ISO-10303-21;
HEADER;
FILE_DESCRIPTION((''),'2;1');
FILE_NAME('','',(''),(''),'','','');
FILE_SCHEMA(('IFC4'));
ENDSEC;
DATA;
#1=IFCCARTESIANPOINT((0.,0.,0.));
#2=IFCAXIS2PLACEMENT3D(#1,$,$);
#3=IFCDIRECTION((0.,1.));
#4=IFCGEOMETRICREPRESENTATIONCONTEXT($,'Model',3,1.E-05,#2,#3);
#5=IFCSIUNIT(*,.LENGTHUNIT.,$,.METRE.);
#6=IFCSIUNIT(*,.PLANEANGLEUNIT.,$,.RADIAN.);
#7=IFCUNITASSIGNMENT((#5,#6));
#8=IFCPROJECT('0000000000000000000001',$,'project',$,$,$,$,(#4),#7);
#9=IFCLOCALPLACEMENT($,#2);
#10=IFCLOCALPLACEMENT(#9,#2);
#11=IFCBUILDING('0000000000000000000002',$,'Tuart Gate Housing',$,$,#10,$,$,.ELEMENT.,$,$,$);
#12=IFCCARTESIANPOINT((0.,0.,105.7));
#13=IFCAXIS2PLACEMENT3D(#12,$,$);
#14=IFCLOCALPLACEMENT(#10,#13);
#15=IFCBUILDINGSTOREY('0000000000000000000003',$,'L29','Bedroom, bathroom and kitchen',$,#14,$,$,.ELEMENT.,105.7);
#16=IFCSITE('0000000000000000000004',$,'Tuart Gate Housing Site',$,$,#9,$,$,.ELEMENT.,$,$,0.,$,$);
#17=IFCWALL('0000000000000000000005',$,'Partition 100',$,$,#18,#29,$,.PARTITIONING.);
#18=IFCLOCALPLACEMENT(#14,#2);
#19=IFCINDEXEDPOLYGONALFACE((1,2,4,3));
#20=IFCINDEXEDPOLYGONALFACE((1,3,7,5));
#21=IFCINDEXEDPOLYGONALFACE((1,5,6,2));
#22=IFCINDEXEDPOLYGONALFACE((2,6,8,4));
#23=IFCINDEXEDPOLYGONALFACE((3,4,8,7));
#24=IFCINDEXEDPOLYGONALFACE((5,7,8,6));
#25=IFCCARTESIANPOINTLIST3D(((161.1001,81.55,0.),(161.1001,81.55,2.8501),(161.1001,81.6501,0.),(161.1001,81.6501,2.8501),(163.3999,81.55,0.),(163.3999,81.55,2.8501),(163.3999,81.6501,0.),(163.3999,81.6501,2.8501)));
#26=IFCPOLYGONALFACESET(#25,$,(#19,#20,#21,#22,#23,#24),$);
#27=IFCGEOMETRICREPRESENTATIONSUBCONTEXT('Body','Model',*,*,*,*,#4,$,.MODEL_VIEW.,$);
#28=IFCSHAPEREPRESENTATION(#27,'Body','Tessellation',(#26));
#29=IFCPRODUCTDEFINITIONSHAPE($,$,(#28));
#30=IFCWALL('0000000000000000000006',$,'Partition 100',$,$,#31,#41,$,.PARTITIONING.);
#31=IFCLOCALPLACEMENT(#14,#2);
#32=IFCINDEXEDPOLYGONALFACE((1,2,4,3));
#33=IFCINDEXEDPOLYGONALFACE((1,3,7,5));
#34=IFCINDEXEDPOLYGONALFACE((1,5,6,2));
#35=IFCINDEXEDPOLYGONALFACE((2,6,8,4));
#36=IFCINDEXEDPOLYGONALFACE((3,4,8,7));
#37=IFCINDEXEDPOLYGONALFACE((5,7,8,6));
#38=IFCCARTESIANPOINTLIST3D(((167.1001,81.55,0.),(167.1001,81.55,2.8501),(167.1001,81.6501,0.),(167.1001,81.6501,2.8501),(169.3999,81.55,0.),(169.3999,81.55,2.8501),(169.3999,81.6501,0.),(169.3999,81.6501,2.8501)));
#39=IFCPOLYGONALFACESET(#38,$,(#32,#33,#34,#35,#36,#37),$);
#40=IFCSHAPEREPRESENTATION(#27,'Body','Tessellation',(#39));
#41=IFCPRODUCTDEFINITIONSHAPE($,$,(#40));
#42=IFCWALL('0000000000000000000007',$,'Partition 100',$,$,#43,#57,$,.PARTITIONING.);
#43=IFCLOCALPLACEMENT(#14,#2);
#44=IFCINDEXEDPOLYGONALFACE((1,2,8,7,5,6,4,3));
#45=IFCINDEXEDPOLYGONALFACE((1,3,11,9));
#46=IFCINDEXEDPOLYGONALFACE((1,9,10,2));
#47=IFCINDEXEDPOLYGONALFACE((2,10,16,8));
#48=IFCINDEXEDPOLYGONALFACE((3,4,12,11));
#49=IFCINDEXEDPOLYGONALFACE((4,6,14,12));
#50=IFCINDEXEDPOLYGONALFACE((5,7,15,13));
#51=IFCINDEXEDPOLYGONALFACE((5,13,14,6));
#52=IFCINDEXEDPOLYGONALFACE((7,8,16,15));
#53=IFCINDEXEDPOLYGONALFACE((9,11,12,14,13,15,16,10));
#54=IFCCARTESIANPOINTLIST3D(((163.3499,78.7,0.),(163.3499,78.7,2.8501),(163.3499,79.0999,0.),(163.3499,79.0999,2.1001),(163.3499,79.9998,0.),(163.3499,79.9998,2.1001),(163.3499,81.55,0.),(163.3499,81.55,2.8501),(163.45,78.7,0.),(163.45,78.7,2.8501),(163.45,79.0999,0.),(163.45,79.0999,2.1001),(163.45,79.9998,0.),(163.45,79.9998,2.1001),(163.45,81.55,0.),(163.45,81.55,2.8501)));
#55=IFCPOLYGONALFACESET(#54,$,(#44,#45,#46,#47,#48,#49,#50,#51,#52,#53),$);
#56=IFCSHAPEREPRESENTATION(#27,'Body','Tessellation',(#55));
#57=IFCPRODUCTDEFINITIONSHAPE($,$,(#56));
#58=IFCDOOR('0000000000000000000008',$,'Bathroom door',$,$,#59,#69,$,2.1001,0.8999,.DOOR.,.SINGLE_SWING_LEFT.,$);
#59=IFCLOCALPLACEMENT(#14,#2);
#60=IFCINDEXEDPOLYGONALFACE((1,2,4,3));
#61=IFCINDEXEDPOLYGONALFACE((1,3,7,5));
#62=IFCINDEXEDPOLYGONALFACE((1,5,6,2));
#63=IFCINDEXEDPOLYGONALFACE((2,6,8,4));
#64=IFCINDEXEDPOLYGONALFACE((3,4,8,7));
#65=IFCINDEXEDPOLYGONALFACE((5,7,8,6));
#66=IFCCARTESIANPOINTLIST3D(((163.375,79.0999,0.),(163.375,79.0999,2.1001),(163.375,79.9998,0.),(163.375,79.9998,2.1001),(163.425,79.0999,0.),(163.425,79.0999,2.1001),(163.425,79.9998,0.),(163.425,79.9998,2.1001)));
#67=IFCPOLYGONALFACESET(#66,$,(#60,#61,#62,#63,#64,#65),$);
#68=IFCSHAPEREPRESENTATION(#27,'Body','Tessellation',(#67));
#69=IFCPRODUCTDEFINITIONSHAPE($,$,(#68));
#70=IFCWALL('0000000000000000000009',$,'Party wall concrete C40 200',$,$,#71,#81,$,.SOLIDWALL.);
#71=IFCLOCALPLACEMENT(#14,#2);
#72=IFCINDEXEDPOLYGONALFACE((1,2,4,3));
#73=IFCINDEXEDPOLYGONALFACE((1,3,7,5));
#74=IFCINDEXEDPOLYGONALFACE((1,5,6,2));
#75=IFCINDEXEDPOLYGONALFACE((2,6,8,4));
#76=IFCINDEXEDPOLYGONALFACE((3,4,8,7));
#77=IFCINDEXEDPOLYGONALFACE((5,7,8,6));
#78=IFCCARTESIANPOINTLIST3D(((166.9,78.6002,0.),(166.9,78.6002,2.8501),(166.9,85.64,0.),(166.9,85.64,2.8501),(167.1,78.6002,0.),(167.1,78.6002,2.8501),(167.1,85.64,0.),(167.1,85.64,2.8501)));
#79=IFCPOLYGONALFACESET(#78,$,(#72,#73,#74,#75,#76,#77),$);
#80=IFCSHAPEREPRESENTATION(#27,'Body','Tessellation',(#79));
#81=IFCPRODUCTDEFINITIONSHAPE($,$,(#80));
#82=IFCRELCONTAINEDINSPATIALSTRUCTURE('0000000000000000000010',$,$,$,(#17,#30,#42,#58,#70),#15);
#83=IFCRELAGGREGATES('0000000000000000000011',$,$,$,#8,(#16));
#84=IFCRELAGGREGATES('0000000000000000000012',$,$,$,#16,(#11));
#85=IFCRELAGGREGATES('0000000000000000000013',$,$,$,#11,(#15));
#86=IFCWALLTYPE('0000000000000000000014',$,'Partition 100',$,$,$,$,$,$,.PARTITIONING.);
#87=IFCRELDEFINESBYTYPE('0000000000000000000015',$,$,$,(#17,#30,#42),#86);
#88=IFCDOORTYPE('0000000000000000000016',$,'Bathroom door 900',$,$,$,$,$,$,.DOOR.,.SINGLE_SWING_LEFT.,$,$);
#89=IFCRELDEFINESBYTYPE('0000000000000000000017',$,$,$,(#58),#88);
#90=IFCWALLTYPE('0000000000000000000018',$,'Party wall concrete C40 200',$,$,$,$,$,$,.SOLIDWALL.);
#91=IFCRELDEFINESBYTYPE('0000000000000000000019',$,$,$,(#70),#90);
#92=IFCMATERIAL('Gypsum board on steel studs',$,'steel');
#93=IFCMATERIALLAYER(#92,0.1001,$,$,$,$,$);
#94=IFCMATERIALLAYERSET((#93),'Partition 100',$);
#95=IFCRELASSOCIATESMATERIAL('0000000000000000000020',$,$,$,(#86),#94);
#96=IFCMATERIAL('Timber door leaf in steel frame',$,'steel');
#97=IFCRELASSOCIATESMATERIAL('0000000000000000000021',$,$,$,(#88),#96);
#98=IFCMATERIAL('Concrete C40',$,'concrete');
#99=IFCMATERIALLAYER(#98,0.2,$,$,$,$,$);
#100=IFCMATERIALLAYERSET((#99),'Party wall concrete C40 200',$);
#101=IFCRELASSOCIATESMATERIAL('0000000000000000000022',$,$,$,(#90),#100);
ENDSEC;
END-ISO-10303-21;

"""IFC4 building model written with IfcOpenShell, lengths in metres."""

from ifc_helpers import new_model, si_unit, direction, frame, frame_2d, origin, place, context, subcontext, project, spatial, rectangle, extrude, material, layer, layer_set, type_object, element, fill, save


model = new_model("IFC4")

# Units and contexts
model_context = context("Model", 3, precision=1e-05, world=origin(), true_north=direction((0.0, 1.0)))
body_context = subcontext(model_context, "Body", "Model", "MODEL_VIEW")
ifc_project = project(units=[si_unit("LENGTHUNIT", "METRE"), si_unit("PLANEANGLEUNIT", "RADIAN")], contexts=[model_context])

# Site, building, storey
site_placement = place(None, origin())
site = spatial("IfcSite", under=ifc_project, at=site_placement, Name="Tuart Gate Housing Site", CompositionType="ELEMENT", RefElevation=0.0)
building_placement = place(site_placement, origin())
building = spatial("IfcBuilding", under=site, at=building_placement, Name="Tuart Gate Housing", CompositionType="ELEMENT")
storey_placement = place(building_placement, frame((0.0, 0.0, 105.7)))
storey = spatial("IfcBuildingStorey", under=building, at=storey_placement, Name="L29", Description="Bedroom, bathroom and kitchen", CompositionType="ELEMENT", Elevation=105.7)

# Walls
ifc_material_1 = material(Name="Gypsum board on steel studs", Category="steel")
ifc_layer_1 = layer(ifc_material_1, 0.1001)
ifc_layer_set_1 = layer_set([ifc_layer_1], Name="Partition 100")
wall_type_1 = type_object("IfcWallType", Name="Partition 100", PredefinedType="PARTITIONING", material=ifc_layer_set_1)
for number, where, z_axis, x_axis, name in (
    (1, (161.1001, 81.6001, 0.0), (0.0, 0.0, 1.0), (1.0, 0.0, 0.0), "Partition 100"),
    (2, (167.1001, 81.6001, 0.0), (0.0, 0.0, 1.0), (1.0, 0.0, 0.0), "Partition 100"),
):
    element("IfcWall", number, at=place(storey_placement, frame(where, z_axis=z_axis, x_axis=x_axis)), inside=storey, type_object=wall_type_1, Name=name, PredefinedType="PARTITIONING", context=body_context, shape_type="SweptSolid", body=[
        extrude(rectangle(XDim=2.2998, YDim=0.1001, at=frame_2d((1.1499, 0.0))), origin(), (0.0, 0.0, 1.0), 2.8501),
    ])

# Wall, opening, door
wall_1_placement = place(storey_placement, frame((163.3999, 78.7, 0.0), z_axis=(0.0, 0.0, 1.0), x_axis=(0.0, 1.0, 0.0)))
wall_1 = element("IfcWall", 3, at=wall_1_placement, inside=storey, type_object=wall_type_1, Name="Partition 100", PredefinedType="PARTITIONING", context=body_context, shape_type="SweptSolid", body=[
    extrude(rectangle(XDim=2.8501, YDim=0.1001, at=frame_2d((1.425, 0.0))), origin(), (0.0, 0.0, 1.0), 2.8501),
])
opening_placement = place(wall_1_placement, frame((0.3999, 0.0, 0.0)))
opening = element("IfcOpeningElement", 4, at=opening_placement, cuts=wall_1, PredefinedType="OPENING", context=body_context, shape_type="SweptSolid", body=[
    extrude(rectangle(XDim=0.8999, YDim=2.1001, at=frame_2d((0.45, 1.05))), frame((0.0, 0.0601, 0.0), z_axis=(0.0, -1.0, 0.0), x_axis=(1.0, 0.0, 0.0)), (0.0, 0.0, 1.0), 0.1201),
])
ifc_material_2 = material(Name="Timber door leaf in steel frame", Category="steel")
door_type = type_object("IfcDoorType", Name="Bathroom door 900", OperationType="SINGLE_SWING_LEFT", PredefinedType="DOOR", material=ifc_material_2)
door_placement = place(opening_placement, origin())
door = element("IfcDoor", 5, at=door_placement, inside=storey, type_object=door_type, Name="Bathroom door", OperationType="SINGLE_SWING_LEFT", OverallHeight=2.1001, OverallWidth=0.8999, PredefinedType="DOOR", context=body_context, shape_type="SweptSolid", body=[
    extrude(rectangle(XDim=0.8999, YDim=2.1001, at=frame_2d((0.45, 1.05))), frame((0.0, 0.0249, 0.0), z_axis=(0.0, -1.0, 0.0), x_axis=(1.0, 0.0, 0.0)), (0.0, 0.0, 1.0), 0.05),
])
fill(opening, door)

# Wall
ifc_material_3 = material(Name="Concrete C40", Category="concrete")
ifc_layer_2 = layer(ifc_material_3, 0.2)
ifc_layer_set_2 = layer_set([ifc_layer_2], Name="Party wall concrete C40 200")
wall_type_2 = type_object("IfcWallType", Name="Party wall concrete C40 200", PredefinedType="SOLIDWALL", material=ifc_layer_set_2)
wall_2_placement = place(storey_placement, frame((167.0, 78.6001, 0.0), z_axis=(0.0, 0.0, 1.0), x_axis=(0.0, 1.0, 0.0)))
element("IfcWall", 6, at=wall_2_placement, inside=storey, type_object=wall_type_2, Name="Party wall concrete C40 200", PredefinedType="SOLIDWALL", context=body_context, shape_type="SweptSolid", body=[
    extrude(rectangle(XDim=7.0398, YDim=0.2, at=frame_2d((3.52, 0.0))), origin(), (0.0, 0.0, 1.0), 2.8501),
])

save(model, "model.ifc")
